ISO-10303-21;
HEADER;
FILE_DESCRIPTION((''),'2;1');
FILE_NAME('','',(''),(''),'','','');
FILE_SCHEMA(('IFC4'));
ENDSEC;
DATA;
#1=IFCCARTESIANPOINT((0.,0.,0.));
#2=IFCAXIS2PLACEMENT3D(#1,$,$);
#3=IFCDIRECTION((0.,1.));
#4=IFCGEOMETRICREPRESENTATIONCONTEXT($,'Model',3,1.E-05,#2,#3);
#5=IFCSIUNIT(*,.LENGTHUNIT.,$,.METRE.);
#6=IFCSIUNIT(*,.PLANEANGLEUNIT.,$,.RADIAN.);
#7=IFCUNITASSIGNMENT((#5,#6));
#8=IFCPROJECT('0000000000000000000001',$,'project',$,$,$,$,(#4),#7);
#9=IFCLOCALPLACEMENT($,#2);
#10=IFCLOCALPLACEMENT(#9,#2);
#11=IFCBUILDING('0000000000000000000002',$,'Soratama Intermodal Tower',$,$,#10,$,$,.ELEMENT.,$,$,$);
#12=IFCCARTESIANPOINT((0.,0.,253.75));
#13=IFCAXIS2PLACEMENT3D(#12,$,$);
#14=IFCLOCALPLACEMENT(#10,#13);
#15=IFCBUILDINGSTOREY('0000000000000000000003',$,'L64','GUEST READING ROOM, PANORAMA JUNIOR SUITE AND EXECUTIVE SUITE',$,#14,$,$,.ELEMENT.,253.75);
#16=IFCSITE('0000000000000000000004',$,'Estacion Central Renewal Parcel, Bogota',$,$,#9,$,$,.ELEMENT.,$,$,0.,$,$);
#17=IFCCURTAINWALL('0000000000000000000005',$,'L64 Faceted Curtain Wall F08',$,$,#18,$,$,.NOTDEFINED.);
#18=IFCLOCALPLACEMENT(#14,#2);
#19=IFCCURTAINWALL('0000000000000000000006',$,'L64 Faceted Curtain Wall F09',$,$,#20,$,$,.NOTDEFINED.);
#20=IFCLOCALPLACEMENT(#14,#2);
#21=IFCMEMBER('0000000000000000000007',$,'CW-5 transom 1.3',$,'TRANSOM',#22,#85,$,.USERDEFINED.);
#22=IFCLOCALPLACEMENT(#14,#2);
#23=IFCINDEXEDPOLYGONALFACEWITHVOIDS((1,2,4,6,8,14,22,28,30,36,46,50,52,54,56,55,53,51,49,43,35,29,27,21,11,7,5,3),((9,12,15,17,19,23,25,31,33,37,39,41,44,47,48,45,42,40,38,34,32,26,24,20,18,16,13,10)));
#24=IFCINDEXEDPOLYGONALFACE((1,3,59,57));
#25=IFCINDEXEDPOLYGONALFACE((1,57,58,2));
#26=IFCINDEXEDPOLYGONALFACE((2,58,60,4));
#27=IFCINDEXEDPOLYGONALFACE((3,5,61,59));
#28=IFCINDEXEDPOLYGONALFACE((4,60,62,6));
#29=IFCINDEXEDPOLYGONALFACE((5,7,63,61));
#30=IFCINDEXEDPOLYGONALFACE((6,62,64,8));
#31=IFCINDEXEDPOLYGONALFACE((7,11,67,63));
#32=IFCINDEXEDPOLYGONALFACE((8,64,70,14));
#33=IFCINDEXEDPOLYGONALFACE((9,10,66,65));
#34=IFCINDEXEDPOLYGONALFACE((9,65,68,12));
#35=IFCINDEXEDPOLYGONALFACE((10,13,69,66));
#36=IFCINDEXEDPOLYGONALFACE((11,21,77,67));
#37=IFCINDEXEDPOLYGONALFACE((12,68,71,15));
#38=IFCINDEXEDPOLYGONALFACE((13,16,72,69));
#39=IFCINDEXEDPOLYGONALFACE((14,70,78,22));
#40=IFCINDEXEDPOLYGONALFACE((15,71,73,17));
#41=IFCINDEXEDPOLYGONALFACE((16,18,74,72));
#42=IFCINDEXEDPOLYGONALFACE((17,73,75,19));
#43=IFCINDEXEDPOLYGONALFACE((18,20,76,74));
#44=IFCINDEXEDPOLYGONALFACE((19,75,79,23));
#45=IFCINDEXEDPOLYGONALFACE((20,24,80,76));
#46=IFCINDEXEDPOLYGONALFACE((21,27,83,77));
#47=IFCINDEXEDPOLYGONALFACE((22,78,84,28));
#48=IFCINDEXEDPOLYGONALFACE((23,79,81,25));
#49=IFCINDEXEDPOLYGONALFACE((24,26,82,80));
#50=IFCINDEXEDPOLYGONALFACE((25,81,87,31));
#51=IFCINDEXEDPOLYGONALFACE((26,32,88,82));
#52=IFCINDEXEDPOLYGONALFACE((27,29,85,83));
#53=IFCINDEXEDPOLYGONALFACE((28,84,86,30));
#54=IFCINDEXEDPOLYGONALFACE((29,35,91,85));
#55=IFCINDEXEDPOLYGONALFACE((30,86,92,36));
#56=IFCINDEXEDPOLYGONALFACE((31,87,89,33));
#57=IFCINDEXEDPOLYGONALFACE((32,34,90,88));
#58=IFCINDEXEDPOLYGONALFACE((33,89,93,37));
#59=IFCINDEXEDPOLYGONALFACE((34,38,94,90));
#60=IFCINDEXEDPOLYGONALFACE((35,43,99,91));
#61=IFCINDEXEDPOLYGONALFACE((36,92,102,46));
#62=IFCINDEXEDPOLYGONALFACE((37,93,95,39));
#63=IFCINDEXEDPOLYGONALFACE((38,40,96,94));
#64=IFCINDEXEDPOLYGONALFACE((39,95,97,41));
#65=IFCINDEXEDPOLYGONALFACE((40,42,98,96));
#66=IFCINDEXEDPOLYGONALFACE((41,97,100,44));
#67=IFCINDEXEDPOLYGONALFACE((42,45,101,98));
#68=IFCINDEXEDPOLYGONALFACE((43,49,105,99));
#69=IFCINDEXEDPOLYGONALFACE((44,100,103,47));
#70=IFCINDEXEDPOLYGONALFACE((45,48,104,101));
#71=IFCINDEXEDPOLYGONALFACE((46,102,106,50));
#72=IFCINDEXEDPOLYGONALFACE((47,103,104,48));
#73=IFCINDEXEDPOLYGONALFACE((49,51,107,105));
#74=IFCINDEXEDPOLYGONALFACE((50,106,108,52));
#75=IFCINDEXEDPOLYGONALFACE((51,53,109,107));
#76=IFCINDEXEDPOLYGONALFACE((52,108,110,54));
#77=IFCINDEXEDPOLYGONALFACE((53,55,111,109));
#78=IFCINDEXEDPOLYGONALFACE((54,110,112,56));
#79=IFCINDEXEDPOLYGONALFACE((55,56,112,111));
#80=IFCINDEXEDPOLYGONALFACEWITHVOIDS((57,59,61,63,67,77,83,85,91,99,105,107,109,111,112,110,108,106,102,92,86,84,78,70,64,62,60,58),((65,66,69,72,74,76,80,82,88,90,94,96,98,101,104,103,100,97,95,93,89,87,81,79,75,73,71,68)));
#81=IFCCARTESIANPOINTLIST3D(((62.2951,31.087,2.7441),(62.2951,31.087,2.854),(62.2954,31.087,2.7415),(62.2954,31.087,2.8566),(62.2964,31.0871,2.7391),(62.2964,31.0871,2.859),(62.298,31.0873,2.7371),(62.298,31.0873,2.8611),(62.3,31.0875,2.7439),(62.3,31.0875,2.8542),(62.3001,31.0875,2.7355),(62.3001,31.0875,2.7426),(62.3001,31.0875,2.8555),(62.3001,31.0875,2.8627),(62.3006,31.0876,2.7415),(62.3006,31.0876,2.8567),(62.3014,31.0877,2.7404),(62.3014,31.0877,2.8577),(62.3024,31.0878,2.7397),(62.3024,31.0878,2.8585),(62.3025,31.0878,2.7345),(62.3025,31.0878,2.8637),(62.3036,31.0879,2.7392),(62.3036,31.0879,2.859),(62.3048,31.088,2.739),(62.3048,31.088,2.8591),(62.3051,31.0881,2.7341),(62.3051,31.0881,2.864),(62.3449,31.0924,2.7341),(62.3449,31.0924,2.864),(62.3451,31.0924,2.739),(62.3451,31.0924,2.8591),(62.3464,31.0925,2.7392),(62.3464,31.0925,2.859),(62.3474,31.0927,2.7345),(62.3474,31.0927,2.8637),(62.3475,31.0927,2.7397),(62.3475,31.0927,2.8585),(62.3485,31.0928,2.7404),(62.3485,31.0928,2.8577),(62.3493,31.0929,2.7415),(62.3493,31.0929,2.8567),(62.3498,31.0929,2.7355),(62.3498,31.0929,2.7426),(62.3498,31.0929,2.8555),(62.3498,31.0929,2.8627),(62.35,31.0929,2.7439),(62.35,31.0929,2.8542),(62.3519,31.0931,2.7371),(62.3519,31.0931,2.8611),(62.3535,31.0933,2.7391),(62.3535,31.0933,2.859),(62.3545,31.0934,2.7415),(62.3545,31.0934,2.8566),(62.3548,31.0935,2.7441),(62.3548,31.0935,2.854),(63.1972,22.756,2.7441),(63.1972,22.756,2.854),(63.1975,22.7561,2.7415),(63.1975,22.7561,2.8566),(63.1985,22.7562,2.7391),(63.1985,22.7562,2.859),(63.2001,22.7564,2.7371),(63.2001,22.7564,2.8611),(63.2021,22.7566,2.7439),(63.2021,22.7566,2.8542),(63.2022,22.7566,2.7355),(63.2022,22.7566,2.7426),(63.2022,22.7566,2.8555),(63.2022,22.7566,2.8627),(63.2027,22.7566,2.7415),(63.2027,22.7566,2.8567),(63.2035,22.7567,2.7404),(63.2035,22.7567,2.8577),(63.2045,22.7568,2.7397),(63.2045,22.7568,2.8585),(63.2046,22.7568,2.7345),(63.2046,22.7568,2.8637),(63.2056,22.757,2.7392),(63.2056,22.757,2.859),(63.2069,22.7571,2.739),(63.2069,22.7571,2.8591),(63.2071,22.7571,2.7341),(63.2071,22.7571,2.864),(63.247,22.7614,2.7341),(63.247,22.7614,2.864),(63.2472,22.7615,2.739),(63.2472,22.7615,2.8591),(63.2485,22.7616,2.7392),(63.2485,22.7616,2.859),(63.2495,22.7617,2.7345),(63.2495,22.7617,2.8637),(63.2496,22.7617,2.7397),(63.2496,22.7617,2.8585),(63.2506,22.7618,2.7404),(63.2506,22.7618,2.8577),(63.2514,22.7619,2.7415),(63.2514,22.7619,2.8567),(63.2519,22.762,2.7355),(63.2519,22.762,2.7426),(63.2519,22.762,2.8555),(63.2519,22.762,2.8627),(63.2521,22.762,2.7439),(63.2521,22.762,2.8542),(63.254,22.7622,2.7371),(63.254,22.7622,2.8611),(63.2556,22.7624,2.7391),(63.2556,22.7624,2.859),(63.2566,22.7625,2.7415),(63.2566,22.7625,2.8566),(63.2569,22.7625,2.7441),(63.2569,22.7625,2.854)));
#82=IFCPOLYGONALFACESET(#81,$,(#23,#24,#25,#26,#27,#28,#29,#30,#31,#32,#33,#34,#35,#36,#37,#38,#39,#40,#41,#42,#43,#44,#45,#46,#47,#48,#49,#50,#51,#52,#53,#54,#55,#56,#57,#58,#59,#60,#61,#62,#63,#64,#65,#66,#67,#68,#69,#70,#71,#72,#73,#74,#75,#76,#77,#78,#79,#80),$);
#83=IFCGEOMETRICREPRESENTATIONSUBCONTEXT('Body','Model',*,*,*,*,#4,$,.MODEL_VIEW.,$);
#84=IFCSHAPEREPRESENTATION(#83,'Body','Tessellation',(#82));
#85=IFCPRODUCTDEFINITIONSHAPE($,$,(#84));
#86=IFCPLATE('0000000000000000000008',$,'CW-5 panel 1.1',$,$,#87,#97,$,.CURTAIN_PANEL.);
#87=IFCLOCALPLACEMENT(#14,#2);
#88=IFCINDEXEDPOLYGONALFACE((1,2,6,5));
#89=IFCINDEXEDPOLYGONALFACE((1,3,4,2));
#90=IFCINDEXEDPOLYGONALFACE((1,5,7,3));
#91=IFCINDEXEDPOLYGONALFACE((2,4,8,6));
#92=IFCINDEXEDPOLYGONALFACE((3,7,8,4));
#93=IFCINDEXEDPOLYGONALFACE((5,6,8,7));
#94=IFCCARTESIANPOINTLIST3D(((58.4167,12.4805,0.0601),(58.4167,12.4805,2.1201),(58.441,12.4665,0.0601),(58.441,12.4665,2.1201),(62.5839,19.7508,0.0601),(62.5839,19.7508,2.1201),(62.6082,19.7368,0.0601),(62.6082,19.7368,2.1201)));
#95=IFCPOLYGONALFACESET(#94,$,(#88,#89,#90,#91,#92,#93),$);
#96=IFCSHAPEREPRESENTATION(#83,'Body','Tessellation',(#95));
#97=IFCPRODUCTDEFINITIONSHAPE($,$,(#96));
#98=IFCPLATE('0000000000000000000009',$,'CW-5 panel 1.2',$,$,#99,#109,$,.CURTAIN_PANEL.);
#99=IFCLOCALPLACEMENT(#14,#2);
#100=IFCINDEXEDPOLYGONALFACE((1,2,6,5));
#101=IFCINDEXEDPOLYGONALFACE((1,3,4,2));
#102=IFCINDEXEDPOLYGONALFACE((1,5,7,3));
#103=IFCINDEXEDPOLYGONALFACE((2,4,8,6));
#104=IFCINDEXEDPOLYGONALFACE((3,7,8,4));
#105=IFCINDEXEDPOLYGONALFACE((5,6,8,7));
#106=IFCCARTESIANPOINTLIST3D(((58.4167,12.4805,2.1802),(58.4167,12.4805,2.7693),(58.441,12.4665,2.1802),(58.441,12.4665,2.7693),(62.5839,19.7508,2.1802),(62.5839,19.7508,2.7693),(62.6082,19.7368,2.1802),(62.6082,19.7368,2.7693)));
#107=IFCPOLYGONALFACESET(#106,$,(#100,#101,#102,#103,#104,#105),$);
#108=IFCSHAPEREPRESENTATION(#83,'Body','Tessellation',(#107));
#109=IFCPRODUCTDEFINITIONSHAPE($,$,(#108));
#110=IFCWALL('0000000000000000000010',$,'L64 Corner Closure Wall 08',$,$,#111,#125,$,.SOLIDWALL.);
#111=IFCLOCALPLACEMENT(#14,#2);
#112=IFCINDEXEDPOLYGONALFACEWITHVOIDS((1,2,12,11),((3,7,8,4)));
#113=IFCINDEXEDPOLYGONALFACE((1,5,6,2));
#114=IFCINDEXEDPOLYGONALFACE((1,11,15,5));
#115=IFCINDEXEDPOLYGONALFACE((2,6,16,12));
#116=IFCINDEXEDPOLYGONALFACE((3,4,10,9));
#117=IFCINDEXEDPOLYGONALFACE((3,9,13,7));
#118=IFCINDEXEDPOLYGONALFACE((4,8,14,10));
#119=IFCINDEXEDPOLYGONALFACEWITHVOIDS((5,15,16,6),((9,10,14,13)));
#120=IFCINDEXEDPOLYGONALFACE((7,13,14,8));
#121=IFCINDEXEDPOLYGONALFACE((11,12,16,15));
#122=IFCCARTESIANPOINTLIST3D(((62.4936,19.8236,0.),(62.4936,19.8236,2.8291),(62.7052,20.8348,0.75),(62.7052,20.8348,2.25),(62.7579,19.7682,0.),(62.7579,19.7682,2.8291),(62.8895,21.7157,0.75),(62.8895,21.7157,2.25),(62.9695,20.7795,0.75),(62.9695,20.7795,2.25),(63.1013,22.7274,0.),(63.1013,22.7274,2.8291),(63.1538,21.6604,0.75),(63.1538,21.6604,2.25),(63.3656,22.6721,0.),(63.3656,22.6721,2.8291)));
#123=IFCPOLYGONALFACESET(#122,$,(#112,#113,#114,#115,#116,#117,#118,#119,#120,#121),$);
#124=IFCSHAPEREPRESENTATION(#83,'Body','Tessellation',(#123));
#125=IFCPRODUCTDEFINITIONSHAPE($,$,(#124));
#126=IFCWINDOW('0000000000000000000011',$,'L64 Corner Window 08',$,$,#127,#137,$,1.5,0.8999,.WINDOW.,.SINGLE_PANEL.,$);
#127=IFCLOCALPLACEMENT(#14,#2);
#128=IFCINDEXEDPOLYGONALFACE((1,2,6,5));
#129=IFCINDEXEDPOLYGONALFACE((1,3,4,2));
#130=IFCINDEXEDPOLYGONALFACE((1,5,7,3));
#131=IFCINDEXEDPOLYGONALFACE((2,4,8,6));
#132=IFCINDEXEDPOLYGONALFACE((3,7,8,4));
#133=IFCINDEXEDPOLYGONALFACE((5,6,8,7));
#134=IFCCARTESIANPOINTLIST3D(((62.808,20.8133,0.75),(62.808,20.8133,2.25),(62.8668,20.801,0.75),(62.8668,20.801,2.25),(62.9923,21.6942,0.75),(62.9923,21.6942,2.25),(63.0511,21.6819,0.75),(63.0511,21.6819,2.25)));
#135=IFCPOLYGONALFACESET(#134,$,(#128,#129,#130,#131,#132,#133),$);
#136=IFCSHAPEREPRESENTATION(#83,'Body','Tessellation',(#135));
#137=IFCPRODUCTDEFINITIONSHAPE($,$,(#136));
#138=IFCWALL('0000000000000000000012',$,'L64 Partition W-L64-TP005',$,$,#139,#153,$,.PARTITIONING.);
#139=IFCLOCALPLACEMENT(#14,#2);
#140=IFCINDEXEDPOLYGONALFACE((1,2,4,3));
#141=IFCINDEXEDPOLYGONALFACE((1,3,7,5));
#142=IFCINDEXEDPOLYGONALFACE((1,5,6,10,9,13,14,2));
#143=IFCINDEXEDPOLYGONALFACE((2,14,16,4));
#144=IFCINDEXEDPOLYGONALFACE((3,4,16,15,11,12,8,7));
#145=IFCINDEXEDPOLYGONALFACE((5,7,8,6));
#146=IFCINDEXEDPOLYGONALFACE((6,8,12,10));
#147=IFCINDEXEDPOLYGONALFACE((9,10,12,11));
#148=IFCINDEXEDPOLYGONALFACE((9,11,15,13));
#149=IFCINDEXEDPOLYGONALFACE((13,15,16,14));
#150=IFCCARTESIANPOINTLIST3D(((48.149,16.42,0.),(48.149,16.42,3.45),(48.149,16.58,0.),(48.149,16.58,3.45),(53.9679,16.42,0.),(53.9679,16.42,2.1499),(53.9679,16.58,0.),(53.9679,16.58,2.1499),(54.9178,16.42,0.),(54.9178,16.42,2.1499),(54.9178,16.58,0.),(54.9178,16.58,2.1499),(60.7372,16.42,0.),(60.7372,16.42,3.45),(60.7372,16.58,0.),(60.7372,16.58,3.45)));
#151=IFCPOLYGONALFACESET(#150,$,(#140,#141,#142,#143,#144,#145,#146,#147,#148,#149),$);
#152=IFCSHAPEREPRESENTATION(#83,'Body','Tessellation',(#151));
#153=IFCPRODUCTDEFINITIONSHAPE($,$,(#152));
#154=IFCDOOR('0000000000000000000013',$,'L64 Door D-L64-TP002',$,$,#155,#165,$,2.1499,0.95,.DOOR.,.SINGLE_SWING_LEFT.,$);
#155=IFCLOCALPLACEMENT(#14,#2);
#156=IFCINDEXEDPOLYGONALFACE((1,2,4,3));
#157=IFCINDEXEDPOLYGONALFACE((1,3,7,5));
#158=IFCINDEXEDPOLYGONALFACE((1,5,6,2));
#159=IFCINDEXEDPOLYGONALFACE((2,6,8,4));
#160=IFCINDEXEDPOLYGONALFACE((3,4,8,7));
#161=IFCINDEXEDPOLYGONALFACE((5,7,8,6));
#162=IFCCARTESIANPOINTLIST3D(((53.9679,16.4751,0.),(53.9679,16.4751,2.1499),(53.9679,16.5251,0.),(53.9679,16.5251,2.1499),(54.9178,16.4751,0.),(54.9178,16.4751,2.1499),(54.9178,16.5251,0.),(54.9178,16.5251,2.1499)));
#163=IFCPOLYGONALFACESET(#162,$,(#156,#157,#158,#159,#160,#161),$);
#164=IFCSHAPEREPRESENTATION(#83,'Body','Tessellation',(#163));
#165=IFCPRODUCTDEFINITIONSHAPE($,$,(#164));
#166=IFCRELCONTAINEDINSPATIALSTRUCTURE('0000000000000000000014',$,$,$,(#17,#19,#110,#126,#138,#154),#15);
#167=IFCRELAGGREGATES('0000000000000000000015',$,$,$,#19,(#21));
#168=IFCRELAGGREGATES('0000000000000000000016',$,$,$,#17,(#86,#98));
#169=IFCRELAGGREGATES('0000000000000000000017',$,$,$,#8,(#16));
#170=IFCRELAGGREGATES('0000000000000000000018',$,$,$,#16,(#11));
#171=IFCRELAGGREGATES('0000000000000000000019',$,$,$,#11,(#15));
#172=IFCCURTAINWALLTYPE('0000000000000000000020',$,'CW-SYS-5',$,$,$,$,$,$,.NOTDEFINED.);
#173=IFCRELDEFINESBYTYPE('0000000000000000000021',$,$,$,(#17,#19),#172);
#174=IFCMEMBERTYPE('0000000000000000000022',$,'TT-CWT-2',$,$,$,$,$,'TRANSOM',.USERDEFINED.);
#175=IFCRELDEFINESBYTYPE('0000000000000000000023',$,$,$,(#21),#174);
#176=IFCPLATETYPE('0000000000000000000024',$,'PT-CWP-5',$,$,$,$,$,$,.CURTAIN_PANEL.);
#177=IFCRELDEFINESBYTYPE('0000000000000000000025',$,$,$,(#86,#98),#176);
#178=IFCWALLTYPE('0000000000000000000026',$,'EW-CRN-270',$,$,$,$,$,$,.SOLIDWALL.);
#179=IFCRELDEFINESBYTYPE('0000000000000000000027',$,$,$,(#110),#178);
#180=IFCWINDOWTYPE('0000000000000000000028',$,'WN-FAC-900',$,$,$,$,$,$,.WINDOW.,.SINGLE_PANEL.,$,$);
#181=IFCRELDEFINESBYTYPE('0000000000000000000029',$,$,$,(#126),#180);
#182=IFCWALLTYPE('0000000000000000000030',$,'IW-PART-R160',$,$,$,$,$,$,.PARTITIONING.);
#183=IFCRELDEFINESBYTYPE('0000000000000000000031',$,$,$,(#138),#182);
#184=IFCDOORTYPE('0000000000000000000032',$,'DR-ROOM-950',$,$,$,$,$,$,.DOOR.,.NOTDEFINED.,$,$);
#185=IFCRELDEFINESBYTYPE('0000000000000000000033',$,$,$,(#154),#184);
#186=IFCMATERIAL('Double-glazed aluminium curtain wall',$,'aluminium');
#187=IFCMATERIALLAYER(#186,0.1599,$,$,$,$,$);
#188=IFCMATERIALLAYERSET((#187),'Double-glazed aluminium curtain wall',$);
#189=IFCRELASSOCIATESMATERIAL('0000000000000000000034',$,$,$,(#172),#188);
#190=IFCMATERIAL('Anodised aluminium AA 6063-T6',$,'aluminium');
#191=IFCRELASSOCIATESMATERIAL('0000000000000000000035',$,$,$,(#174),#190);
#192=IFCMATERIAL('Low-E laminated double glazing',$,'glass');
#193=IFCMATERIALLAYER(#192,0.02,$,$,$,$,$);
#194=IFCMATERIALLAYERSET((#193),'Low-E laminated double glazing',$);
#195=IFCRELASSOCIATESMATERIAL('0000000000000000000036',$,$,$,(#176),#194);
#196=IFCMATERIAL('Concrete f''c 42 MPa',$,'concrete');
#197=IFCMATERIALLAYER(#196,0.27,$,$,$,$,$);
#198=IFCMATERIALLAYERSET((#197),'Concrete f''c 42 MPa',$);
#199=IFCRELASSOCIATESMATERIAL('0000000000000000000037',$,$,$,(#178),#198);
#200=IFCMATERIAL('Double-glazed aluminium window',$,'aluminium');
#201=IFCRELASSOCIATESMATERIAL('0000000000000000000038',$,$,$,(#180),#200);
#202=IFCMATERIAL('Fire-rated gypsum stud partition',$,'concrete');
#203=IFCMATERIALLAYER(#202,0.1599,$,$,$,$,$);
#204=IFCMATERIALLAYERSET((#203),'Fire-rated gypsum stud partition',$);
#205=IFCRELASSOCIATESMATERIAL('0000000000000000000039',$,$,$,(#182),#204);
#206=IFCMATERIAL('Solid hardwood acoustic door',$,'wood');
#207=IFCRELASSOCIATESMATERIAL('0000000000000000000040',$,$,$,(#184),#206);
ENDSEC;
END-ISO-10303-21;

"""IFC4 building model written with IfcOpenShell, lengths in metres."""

from ifc_helpers import new_model, si_unit, direction, frame, frame_2d, origin, origin_2d, place, context, subcontext, project, spatial, rectangle, hollow_rectangle, extrude, material, layer, layer_set, material_profile, profile_set, type_object, element, fill, aggregate, save


model = new_model("IFC4")

# Units and contexts
model_context = context("Model", 3, precision=1e-05, world=origin(), true_north=direction((0.0, 1.0)))
body_context = subcontext(model_context, "Body", "Model", "MODEL_VIEW")
ifc_project = project(units=[si_unit("LENGTHUNIT", "METRE"), si_unit("PLANEANGLEUNIT", "RADIAN")], contexts=[model_context])

# Site, building, storey
site_placement = place(None, origin())
site = spatial("IfcSite", under=ifc_project, at=site_placement, Name="Estacion Central Renewal Parcel, Bogota", CompositionType="ELEMENT", RefElevation=0.0)
building_placement = place(site_placement, origin())
building = spatial("IfcBuilding", under=site, at=building_placement, Name="Soratama Intermodal Tower", CompositionType="ELEMENT")
storey_placement = place(building_placement, frame((0.0, 0.0, 253.75)))
storey = spatial("IfcBuildingStorey", under=building, at=storey_placement, Name="L64", Description="GUEST READING ROOM, PANORAMA JUNIOR SUITE AND EXECUTIVE SUITE", CompositionType="ELEMENT", Elevation=253.75)

# Curtain wall
ifc_material_1 = material(Name="Double-glazed aluminium curtain wall", Category="aluminium")
ifc_layer_1 = layer(ifc_material_1, 0.1599)
ifc_layer_set_1 = layer_set([ifc_layer_1], Name="Double-glazed aluminium curtain wall")
curtain_wall_type = type_object("IfcCurtainWallType", Name="CW-SYS-5", PredefinedType="NOTDEFINED", material=ifc_layer_set_1)
curtain_wall_1_placement = place(storey_placement, origin())
curtain_wall_1 = element("IfcCurtainWall", 1, at=curtain_wall_1_placement, inside=storey, type_object=curtain_wall_type, Name="L64 Faceted Curtain Wall F08", PredefinedType="NOTDEFINED")

# Curtain wall, member
curtain_wall_2_placement = place(storey_placement, origin())
curtain_wall_2 = element("IfcCurtainWall", 2, at=curtain_wall_2_placement, inside=storey, type_object=curtain_wall_type, Name="L64 Faceted Curtain Wall F09", PredefinedType="NOTDEFINED")
ifc_material_2 = material(Name="Anodised aluminium AA 6063-T6", Category="aluminium")
ifc_material_profile_1 = material_profile(ifc_material_2, hollow_rectangle(XDim=0.0601, YDim=0.1299, WallThickness=0.0049, InnerFilletRadius=0.0049, OuterFilletRadius=0.01, at=origin_2d()), Name="CWT130X60X5")
ifc_profile_set_1 = profile_set([ifc_material_profile_1], Name="Anodised aluminium AA 6063-T6")
member_type_1 = type_object("IfcMemberType", Name="TT-CWT-2", ElementType="TRANSOM", PredefinedType="USERDEFINED", material=ifc_profile_set_1)
member_1_placement = place(storey_placement, frame((63.2271, 22.7593, 2.7991), z_axis=(-0.107652, 0.994189, 0.0), x_axis=(-0.994189, -0.107652, 0.0)))
member_1 = element("IfcMember", 3, at=member_1_placement, type_object=member_type_1, Name="CW-5 transom 1.3", ObjectType="TRANSOM", PredefinedType="USERDEFINED", context=body_context, shape_type="SweptSolid", body=[
    extrude(hollow_rectangle(XDim=0.0601, YDim=0.1299, WallThickness=0.0049, InnerFilletRadius=0.0049, OuterFilletRadius=0.01, at=origin_2d()), origin(), (0.0, 0.0, 1.0), 8.3796),
])
aggregate(curtain_wall_2, [member_1])

# Plates
ifc_material_3 = material(Name="Low-E laminated double glazing", Category="glass")
ifc_layer_2 = layer(ifc_material_3, 0.02)
ifc_layer_set_2 = layer_set([ifc_layer_2], Name="Low-E laminated double glazing")
plate_type = type_object("IfcPlateType", Name="PT-CWP-5", PredefinedType="CURTAIN_PANEL", material=ifc_layer_set_2)
plate_1_placement = place(storey_placement, frame((60.5125, 16.1086, 0.0601), z_axis=(0.0, 0.0, 1.0), x_axis=(0.497284, 0.867588, 0.0)))
plate_1 = element("IfcPlate", 4, at=plate_1_placement, type_object=plate_type, Name="CW-5 panel 1.1", PredefinedType="CURTAIN_PANEL", context=body_context, shape_type="SweptSolid", body=[
    extrude(rectangle(XDim=8.3799, YDim=0.0281, at=origin_2d()), origin(), (0.0, 0.0, 1.0), 2.0601),
])
plate_2_placement = place(storey_placement, frame((60.5125, 16.1086, 2.1802), z_axis=(0.0, 0.0, 1.0), x_axis=(0.497284, 0.867588, 0.0)))
plate_2 = element("IfcPlate", 5, at=plate_2_placement, type_object=plate_type, Name="CW-5 panel 1.2", PredefinedType="CURTAIN_PANEL", context=body_context, shape_type="SweptSolid", body=[
    extrude(rectangle(XDim=8.3799, YDim=0.0281, at=origin_2d()), origin(), (0.0, 0.0, 1.0), 0.5891),
])
aggregate(curtain_wall_1, [plate_1, plate_2])

# Wall, opening, window
ifc_material_4 = material(Name="Concrete f'c 42 MPa", Category="concrete")
ifc_layer_3 = layer(ifc_material_4, 0.27)
ifc_layer_set_3 = layer_set([ifc_layer_3], Name="Concrete f'c 42 MPa")
wall_type_1 = type_object("IfcWallType", Name="EW-CRN-270", PredefinedType="SOLIDWALL", material=ifc_layer_set_3)
wall_1_placement = place(storey_placement, frame((62.6257, 19.7959, 0.0), z_axis=(0.0, 0.0, 1.0), x_axis=(0.204828, 0.978798, 0.0)))
wall_1 = element("IfcWall", 6, at=wall_1_placement, inside=storey, type_object=wall_type_1, Name="L64 Corner Closure Wall 08", PredefinedType="SOLIDWALL", context=body_context, shape_type="SweptSolid", body=[
    extrude(rectangle(XDim=2.9668, YDim=0.27, at=frame_2d((1.4834, 0.0))), origin(), (0.0, 0.0, 1.0), 2.8291),
])
opening_1_placement = place(wall_1_placement, frame((1.0332, 0.0, 0.75)))
opening_1 = element("IfcOpeningElement", 7, at=opening_1_placement, cuts=wall_1, PredefinedType="OPENING", context=body_context, shape_type="SweptSolid", body=[
    extrude(rectangle(XDim=0.8999, YDim=1.5, at=frame_2d((0.45, 0.75))), frame((0.0, 0.145, 0.0), z_axis=(0.0, -1.0, 0.0), x_axis=(1.0, 0.0, 0.0)), (0.0, 0.0, 1.0), 0.29),
])
ifc_material_5 = material(Name="Double-glazed aluminium window", Category="aluminium")
window_type = type_object("IfcWindowType", Name="WN-FAC-900", PartitioningType="SINGLE_PANEL", PredefinedType="WINDOW", material=ifc_material_5)
window_placement = place(opening_1_placement, origin())
window = element("IfcWindow", 8, at=window_placement, inside=storey, type_object=window_type, Name="L64 Corner Window 08", OverallHeight=1.5, OverallWidth=0.8999, PartitioningType="SINGLE_PANEL", PredefinedType="WINDOW", context=body_context, shape_type="SweptSolid", body=[
    extrude(rectangle(XDim=0.8999, YDim=1.5, at=frame_2d((0.45, 0.75))), frame((0.0, 0.03, 0.0), z_axis=(0.0, -1.0, 0.0), x_axis=(1.0, 0.0, 0.0)), (0.0, 0.0, 1.0), 0.0601),
])
fill(opening_1, window)

# Wall, opening, door
ifc_material_6 = material(Name="Fire-rated gypsum stud partition", Category="concrete")
ifc_layer_4 = layer(ifc_material_6, 0.1599)
ifc_layer_set_4 = layer_set([ifc_layer_4], Name="Fire-rated gypsum stud partition")
wall_type_2 = type_object("IfcWallType", Name="IW-PART-R160", PredefinedType="PARTITIONING", material=ifc_layer_set_4)
wall_2_placement = place(storey_placement, frame((60.7371, 16.5, 0.0), z_axis=(0.0, 0.0, 1.0), x_axis=(-1.0, 0.0, 0.0)))
wall_2 = element("IfcWall", 9, at=wall_2_placement, inside=storey, type_object=wall_type_2, Name="L64 Partition W-L64-TP005", PredefinedType="PARTITIONING", context=body_context, shape_type="SweptSolid", body=[
    extrude(rectangle(XDim=12.5881, YDim=0.1599, at=frame_2d((6.2939, 0.0))), origin(), (0.0, 0.0, 1.0), 3.45),
])
opening_2_placement = place(wall_2_placement, frame((5.8191, 0.0, 0.0)))
opening_2 = element("IfcOpeningElement", 10, at=opening_2_placement, cuts=wall_2, PredefinedType="OPENING", context=body_context, shape_type="SweptSolid", body=[
    extrude(rectangle(XDim=0.95, YDim=2.1499, at=frame_2d((0.4751, 1.075))), frame((0.0, 0.0898, 0.0), z_axis=(0.0, -1.0, 0.0), x_axis=(1.0, 0.0, 0.0)), (0.0, 0.0, 1.0), 0.1799),
])
ifc_material_7 = material(Name="Solid hardwood acoustic door", Category="wood")
door_type = type_object("IfcDoorType", Name="DR-ROOM-950", OperationType="NOTDEFINED", PredefinedType="DOOR", material=ifc_material_7)
door_1_placement = place(opening_2_placement, origin())
door_1 = element("IfcDoor", 11, at=door_1_placement, inside=storey, type_object=door_type, Name="L64 Door D-L64-TP002", OperationType="SINGLE_SWING_LEFT", OverallHeight=2.1499, OverallWidth=0.95, PredefinedType="DOOR", context=body_context, shape_type="SweptSolid", body=[
    extrude(rectangle(XDim=0.95, YDim=2.1499, at=frame_2d((0.4751, 1.075))), frame((0.0, 0.0249, 0.0), z_axis=(0.0, -1.0, 0.0), x_axis=(1.0, 0.0, 0.0)), (0.0, 0.0, 1.0), 0.05),
])
fill(opening_2, door_1)

save(model, "model.ifc")
